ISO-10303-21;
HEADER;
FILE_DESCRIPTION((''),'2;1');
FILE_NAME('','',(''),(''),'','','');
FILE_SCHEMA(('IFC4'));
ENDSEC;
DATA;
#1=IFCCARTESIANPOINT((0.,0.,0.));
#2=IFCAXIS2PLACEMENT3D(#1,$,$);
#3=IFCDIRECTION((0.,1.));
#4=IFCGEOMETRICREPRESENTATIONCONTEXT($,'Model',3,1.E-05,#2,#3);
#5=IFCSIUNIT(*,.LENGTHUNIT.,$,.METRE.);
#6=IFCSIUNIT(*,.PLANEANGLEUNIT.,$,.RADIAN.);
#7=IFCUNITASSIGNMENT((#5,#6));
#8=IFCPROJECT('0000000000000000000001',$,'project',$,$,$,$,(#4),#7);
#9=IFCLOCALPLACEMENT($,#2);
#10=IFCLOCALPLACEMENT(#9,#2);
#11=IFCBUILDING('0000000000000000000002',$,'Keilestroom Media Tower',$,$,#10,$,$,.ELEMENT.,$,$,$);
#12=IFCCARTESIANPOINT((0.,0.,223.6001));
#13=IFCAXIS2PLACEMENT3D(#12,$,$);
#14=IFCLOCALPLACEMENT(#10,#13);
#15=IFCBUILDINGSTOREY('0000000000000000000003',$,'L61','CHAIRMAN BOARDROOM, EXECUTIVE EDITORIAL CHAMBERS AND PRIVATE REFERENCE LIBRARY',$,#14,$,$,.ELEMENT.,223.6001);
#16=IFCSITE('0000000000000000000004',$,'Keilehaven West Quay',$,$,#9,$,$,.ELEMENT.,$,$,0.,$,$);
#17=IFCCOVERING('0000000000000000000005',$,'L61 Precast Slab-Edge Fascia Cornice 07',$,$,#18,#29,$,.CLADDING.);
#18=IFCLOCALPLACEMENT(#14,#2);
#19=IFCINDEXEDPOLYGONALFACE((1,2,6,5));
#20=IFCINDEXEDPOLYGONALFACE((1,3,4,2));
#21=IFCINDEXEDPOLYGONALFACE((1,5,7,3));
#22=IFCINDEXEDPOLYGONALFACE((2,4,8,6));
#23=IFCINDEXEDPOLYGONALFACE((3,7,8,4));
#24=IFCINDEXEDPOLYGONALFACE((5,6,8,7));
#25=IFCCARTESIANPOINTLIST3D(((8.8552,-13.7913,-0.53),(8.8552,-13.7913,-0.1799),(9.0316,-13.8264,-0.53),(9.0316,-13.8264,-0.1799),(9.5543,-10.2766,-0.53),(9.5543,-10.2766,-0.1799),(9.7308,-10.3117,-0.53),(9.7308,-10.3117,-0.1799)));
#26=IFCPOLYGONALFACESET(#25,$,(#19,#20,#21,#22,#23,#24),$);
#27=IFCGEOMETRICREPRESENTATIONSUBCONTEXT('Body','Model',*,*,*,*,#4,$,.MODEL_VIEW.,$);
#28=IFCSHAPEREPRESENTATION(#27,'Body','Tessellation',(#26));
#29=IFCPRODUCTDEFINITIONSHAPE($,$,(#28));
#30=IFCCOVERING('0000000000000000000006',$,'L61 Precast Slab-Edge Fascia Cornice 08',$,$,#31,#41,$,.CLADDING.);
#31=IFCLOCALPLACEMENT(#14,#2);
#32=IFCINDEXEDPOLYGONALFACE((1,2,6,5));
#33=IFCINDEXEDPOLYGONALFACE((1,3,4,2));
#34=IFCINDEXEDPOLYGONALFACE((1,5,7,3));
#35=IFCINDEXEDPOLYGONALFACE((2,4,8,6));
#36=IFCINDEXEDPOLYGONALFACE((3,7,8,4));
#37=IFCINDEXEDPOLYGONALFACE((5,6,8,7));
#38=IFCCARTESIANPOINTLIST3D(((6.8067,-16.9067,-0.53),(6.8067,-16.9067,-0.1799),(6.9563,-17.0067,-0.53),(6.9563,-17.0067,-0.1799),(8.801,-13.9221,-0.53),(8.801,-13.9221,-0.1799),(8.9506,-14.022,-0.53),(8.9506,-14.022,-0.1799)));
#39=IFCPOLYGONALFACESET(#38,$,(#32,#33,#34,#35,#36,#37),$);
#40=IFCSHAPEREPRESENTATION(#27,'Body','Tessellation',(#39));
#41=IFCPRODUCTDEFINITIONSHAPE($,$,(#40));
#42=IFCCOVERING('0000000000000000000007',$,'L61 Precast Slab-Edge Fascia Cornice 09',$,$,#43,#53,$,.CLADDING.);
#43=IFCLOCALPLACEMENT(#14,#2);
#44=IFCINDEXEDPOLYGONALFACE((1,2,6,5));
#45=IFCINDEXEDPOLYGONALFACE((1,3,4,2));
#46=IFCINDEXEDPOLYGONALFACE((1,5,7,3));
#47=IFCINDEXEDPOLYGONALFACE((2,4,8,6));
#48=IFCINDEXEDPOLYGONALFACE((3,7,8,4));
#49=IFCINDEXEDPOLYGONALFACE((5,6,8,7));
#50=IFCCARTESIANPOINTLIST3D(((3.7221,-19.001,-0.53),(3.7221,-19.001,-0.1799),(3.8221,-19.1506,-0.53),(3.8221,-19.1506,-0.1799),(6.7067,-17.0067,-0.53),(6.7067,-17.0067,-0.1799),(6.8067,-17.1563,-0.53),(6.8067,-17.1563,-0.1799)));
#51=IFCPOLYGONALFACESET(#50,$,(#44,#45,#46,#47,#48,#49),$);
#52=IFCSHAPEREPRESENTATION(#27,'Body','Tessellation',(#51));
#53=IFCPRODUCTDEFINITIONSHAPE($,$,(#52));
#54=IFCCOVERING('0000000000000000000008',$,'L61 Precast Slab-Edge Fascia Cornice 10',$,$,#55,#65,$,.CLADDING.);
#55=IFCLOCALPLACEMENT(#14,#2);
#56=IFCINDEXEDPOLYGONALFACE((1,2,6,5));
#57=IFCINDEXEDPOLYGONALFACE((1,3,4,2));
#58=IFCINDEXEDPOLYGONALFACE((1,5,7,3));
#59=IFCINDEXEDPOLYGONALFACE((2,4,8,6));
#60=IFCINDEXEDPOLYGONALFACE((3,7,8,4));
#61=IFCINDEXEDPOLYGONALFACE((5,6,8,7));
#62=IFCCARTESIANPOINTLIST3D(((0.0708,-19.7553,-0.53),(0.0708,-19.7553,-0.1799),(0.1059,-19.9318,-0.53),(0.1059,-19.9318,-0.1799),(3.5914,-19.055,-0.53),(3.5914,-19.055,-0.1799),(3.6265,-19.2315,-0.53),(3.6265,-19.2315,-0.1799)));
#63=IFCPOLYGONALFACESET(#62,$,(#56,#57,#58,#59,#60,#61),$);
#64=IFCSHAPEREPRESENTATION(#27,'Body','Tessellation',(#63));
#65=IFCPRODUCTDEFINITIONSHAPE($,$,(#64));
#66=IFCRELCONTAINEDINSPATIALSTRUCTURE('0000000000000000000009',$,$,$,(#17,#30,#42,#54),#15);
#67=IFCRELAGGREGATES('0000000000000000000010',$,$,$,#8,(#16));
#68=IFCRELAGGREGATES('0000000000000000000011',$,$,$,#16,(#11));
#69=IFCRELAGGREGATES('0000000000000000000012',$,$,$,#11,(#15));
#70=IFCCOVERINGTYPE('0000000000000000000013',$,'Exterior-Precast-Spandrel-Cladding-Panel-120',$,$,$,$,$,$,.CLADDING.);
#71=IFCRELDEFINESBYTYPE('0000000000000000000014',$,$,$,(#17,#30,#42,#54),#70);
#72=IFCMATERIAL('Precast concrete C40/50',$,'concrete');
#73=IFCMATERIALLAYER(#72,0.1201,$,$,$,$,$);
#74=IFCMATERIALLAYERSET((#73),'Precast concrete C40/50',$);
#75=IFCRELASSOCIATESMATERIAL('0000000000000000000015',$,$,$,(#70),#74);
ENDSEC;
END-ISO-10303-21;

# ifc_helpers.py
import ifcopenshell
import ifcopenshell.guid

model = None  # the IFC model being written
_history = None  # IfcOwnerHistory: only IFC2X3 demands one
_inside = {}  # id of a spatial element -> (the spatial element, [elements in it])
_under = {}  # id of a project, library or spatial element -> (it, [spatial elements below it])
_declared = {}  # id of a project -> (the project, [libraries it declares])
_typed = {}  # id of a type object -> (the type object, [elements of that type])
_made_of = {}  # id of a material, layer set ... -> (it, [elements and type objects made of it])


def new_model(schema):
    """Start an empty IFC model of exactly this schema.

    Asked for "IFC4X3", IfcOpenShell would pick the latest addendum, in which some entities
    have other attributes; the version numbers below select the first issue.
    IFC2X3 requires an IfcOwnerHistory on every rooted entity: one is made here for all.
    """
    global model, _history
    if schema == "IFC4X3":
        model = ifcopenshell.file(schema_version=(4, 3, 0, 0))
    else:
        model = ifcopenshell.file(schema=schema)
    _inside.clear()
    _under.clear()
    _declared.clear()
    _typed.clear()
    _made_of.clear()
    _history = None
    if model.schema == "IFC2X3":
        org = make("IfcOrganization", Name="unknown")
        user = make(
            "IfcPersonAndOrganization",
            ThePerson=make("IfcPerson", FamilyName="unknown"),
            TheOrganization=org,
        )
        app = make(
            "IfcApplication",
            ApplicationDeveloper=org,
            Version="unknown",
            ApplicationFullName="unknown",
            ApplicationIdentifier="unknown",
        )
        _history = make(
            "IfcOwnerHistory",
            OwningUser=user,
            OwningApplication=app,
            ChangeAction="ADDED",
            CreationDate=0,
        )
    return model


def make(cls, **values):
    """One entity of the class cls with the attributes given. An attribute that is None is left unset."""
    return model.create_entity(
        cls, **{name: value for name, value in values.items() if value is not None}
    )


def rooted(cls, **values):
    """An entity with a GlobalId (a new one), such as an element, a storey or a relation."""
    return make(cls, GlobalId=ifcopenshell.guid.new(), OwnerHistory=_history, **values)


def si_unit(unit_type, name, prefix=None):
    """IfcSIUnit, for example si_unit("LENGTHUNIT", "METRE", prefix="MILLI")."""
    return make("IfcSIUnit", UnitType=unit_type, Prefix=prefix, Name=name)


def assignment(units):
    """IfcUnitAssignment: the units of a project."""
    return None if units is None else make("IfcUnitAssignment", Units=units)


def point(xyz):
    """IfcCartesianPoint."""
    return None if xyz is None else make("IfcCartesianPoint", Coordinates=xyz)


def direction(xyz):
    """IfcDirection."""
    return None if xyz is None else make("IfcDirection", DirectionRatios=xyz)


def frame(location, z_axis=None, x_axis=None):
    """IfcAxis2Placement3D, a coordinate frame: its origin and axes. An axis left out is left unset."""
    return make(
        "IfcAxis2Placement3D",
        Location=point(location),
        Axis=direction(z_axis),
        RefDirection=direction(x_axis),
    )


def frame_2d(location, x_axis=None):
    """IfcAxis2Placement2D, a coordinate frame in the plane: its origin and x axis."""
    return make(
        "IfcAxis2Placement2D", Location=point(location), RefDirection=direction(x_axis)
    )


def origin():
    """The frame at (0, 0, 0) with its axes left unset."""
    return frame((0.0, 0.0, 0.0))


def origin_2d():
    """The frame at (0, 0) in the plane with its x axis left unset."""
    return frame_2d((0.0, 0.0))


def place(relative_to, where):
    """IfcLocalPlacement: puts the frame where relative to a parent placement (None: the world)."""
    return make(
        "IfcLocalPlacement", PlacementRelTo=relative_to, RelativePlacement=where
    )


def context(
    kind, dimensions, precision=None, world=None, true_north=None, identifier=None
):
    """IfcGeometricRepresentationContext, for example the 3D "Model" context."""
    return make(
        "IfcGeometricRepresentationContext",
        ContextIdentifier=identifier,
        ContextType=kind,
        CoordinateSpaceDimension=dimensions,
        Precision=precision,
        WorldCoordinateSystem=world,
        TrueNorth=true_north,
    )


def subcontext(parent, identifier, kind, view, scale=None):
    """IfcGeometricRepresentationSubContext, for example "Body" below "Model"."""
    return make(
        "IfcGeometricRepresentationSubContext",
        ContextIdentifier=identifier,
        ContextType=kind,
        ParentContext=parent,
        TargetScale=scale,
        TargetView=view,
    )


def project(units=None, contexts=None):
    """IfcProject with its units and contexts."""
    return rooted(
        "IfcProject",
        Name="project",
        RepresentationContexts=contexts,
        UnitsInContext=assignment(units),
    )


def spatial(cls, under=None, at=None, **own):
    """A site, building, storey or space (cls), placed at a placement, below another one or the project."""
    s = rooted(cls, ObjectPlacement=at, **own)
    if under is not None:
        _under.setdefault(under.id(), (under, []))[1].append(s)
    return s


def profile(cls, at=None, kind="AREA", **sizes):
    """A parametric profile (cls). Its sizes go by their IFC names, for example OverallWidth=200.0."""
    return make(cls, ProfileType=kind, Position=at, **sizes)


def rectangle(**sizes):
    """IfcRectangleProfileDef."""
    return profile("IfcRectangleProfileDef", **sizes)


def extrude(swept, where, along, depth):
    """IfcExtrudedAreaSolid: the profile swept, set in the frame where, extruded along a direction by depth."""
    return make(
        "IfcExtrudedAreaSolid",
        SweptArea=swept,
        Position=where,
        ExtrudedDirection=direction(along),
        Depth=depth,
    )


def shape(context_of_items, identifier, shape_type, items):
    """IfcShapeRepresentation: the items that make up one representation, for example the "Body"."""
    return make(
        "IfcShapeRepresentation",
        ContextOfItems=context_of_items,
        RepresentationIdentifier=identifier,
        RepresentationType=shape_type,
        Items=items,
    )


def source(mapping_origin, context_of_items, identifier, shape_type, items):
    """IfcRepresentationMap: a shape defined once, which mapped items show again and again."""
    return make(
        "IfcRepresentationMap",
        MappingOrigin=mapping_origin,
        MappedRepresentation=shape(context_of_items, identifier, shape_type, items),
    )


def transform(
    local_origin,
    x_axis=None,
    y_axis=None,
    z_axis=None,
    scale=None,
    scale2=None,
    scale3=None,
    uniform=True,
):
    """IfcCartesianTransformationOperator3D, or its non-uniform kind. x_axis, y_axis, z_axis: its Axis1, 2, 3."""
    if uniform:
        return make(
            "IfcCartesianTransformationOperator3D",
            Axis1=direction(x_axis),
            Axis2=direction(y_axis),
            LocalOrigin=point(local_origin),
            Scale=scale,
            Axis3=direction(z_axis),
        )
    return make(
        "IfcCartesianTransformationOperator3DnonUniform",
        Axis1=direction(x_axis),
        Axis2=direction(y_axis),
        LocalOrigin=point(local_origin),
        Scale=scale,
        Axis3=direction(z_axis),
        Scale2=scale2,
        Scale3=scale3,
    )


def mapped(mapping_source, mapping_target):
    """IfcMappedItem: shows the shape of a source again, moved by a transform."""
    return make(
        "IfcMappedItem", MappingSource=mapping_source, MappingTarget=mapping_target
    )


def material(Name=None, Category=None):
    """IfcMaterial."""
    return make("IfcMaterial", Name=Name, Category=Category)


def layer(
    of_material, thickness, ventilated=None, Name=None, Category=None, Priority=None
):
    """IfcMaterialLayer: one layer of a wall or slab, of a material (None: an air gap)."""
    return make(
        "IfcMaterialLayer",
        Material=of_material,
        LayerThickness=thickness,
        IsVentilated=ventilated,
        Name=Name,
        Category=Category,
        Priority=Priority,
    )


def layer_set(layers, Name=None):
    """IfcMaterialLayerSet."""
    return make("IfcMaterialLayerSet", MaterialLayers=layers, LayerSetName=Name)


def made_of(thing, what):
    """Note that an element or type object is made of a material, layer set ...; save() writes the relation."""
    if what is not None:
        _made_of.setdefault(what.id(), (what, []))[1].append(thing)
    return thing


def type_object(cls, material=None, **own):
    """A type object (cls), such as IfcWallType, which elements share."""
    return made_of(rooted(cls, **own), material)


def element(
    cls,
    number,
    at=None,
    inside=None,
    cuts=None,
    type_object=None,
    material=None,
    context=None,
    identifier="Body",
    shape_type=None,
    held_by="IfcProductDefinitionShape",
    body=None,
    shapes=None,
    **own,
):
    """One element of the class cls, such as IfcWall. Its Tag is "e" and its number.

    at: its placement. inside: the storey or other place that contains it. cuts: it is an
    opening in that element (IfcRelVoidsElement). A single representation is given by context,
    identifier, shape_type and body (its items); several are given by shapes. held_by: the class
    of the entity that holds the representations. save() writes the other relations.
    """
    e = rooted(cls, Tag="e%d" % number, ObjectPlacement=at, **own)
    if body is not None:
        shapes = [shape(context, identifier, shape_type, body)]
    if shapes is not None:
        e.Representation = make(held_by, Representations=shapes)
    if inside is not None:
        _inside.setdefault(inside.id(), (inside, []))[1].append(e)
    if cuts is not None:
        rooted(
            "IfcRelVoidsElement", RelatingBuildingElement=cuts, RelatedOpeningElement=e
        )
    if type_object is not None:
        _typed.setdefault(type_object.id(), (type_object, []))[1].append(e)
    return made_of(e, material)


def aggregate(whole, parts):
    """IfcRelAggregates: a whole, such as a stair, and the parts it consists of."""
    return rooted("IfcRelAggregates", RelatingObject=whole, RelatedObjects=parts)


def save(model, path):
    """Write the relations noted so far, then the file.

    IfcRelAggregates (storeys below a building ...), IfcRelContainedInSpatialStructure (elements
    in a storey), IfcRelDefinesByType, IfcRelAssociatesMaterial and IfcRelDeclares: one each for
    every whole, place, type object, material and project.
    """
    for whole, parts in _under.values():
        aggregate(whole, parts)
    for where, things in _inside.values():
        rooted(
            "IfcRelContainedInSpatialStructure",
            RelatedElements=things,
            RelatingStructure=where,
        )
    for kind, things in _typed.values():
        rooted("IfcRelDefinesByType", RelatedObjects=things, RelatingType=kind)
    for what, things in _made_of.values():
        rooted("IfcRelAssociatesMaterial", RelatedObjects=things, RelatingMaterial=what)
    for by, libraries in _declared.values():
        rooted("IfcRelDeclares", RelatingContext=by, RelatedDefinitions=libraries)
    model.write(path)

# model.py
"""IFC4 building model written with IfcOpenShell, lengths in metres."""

from ifc_helpers import new_model, si_unit, direction, frame, origin, origin_2d, place, context, subcontext, project, spatial, rectangle, extrude, source, transform, mapped, material, layer, layer_set, type_object, element, save


model = new_model("IFC4")

# Units and contexts
model_context = context("Model", 3, precision=1e-05, world=origin(), true_north=direction((0.0, 1.0)))
body_context = subcontext(model_context, "Body", "Model", "MODEL_VIEW")
ifc_project = project(units=[si_unit("LENGTHUNIT", "METRE"), si_unit("PLANEANGLEUNIT", "RADIAN")], contexts=[model_context])

# Site, building, storey
site_placement = place(None, origin())
site = spatial("IfcSite", under=ifc_project, at=site_placement, Name="Keilehaven West Quay", CompositionType="ELEMENT", RefElevation=0.0)
building_placement = place(site_placement, origin())
building = spatial("IfcBuilding", under=site, at=building_placement, Name="Keilestroom Media Tower", CompositionType="ELEMENT")
storey_placement = place(building_placement, frame((0.0, 0.0, 223.6001)))
storey = spatial("IfcBuildingStorey", under=building, at=storey_placement, Name="L61", Description="CHAIRMAN BOARDROOM, EXECUTIVE EDITORIAL CHAMBERS AND PRIVATE REFERENCE LIBRARY", CompositionType="ELEMENT", Elevation=223.6001)

# Shared definitions
ifc_material_1 = material(Name="Precast concrete C40/50", Category="concrete")

# Coverings
ifc_layer_1 = layer(ifc_material_1, 0.1201)
ifc_layer_set_1 = layer_set([ifc_layer_1], Name="Precast concrete C40/50")
covering_type = type_object("IfcCoveringType", Name="Exterior-Precast-Spandrel-Cladding-Panel-120", PredefinedType="CLADDING", material=ifc_layer_set_1)
shared_shape_1 = source(origin(), body_context, "Body", "SweptSolid", [
    extrude(rectangle(XDim=3.5835, YDim=0.1799, at=origin_2d()), origin(), (0.0, 0.0, 1.0), 0.3501),
])
covering_1_placement = place(storey_placement, frame((9.293, -12.0515, -0.53), z_axis=(0.0, 0.0, 1.0), x_axis=(-0.195099, -0.980784, 0.0)))
element("IfcCovering", 1, at=covering_1_placement, inside=storey, type_object=covering_type, Name="L61 Precast Slab-Edge Fascia Cornice 07", PredefinedType="CLADDING", context=body_context, shape_type="MappedRepresentation", body=[
    mapped(shared_shape_1, transform((0.0, 0.0, 0.0), x_axis=(1.0, 0.0, 0.0), y_axis=(0.0, 1.0, 0.0), z_axis=(0.0, 0.0, 1.0), scale=1.0)),
])
shared_shape_2 = source(origin(), body_context, "Body", "SweptSolid", [
    extrude(rectangle(XDim=3.5896, YDim=0.1799, at=origin_2d()), origin(), (0.0, 0.0, 1.0), 0.3501),
])
for number, where, z_axis, x_axis, name in (
    (2, (7.8787, -15.4644, -0.53), (0.0, 0.0, 1.0), (-0.555575, -0.831467, 0.0), "L61 Precast Slab-Edge Fascia Cornice 08"),
    (3, (5.2644, -18.0786, -0.53), (0.0, 0.0, 1.0), (-0.831467, -0.555575, 0.0), "L61 Precast Slab-Edge Fascia Cornice 09"),
    (4, (1.8486, -19.4934, -0.53), (0.0, 0.0, 1.0), (-0.980784, -0.195099, 0.0), "L61 Precast Slab-Edge Fascia Cornice 10"),
):
    element("IfcCovering", number, at=place(storey_placement, frame(where, z_axis=z_axis, x_axis=x_axis)), inside=storey, type_object=covering_type, Name=name, PredefinedType="CLADDING", context=body_context, shape_type="MappedRepresentation", body=[
        mapped(shared_shape_2, transform((0.0, 0.0, 0.0), x_axis=(1.0, 0.0, 0.0), y_axis=(0.0, 1.0, 0.0), z_axis=(0.0, 0.0, 1.0), scale=1.0)),
    ])

save(model, "model.ifc")
